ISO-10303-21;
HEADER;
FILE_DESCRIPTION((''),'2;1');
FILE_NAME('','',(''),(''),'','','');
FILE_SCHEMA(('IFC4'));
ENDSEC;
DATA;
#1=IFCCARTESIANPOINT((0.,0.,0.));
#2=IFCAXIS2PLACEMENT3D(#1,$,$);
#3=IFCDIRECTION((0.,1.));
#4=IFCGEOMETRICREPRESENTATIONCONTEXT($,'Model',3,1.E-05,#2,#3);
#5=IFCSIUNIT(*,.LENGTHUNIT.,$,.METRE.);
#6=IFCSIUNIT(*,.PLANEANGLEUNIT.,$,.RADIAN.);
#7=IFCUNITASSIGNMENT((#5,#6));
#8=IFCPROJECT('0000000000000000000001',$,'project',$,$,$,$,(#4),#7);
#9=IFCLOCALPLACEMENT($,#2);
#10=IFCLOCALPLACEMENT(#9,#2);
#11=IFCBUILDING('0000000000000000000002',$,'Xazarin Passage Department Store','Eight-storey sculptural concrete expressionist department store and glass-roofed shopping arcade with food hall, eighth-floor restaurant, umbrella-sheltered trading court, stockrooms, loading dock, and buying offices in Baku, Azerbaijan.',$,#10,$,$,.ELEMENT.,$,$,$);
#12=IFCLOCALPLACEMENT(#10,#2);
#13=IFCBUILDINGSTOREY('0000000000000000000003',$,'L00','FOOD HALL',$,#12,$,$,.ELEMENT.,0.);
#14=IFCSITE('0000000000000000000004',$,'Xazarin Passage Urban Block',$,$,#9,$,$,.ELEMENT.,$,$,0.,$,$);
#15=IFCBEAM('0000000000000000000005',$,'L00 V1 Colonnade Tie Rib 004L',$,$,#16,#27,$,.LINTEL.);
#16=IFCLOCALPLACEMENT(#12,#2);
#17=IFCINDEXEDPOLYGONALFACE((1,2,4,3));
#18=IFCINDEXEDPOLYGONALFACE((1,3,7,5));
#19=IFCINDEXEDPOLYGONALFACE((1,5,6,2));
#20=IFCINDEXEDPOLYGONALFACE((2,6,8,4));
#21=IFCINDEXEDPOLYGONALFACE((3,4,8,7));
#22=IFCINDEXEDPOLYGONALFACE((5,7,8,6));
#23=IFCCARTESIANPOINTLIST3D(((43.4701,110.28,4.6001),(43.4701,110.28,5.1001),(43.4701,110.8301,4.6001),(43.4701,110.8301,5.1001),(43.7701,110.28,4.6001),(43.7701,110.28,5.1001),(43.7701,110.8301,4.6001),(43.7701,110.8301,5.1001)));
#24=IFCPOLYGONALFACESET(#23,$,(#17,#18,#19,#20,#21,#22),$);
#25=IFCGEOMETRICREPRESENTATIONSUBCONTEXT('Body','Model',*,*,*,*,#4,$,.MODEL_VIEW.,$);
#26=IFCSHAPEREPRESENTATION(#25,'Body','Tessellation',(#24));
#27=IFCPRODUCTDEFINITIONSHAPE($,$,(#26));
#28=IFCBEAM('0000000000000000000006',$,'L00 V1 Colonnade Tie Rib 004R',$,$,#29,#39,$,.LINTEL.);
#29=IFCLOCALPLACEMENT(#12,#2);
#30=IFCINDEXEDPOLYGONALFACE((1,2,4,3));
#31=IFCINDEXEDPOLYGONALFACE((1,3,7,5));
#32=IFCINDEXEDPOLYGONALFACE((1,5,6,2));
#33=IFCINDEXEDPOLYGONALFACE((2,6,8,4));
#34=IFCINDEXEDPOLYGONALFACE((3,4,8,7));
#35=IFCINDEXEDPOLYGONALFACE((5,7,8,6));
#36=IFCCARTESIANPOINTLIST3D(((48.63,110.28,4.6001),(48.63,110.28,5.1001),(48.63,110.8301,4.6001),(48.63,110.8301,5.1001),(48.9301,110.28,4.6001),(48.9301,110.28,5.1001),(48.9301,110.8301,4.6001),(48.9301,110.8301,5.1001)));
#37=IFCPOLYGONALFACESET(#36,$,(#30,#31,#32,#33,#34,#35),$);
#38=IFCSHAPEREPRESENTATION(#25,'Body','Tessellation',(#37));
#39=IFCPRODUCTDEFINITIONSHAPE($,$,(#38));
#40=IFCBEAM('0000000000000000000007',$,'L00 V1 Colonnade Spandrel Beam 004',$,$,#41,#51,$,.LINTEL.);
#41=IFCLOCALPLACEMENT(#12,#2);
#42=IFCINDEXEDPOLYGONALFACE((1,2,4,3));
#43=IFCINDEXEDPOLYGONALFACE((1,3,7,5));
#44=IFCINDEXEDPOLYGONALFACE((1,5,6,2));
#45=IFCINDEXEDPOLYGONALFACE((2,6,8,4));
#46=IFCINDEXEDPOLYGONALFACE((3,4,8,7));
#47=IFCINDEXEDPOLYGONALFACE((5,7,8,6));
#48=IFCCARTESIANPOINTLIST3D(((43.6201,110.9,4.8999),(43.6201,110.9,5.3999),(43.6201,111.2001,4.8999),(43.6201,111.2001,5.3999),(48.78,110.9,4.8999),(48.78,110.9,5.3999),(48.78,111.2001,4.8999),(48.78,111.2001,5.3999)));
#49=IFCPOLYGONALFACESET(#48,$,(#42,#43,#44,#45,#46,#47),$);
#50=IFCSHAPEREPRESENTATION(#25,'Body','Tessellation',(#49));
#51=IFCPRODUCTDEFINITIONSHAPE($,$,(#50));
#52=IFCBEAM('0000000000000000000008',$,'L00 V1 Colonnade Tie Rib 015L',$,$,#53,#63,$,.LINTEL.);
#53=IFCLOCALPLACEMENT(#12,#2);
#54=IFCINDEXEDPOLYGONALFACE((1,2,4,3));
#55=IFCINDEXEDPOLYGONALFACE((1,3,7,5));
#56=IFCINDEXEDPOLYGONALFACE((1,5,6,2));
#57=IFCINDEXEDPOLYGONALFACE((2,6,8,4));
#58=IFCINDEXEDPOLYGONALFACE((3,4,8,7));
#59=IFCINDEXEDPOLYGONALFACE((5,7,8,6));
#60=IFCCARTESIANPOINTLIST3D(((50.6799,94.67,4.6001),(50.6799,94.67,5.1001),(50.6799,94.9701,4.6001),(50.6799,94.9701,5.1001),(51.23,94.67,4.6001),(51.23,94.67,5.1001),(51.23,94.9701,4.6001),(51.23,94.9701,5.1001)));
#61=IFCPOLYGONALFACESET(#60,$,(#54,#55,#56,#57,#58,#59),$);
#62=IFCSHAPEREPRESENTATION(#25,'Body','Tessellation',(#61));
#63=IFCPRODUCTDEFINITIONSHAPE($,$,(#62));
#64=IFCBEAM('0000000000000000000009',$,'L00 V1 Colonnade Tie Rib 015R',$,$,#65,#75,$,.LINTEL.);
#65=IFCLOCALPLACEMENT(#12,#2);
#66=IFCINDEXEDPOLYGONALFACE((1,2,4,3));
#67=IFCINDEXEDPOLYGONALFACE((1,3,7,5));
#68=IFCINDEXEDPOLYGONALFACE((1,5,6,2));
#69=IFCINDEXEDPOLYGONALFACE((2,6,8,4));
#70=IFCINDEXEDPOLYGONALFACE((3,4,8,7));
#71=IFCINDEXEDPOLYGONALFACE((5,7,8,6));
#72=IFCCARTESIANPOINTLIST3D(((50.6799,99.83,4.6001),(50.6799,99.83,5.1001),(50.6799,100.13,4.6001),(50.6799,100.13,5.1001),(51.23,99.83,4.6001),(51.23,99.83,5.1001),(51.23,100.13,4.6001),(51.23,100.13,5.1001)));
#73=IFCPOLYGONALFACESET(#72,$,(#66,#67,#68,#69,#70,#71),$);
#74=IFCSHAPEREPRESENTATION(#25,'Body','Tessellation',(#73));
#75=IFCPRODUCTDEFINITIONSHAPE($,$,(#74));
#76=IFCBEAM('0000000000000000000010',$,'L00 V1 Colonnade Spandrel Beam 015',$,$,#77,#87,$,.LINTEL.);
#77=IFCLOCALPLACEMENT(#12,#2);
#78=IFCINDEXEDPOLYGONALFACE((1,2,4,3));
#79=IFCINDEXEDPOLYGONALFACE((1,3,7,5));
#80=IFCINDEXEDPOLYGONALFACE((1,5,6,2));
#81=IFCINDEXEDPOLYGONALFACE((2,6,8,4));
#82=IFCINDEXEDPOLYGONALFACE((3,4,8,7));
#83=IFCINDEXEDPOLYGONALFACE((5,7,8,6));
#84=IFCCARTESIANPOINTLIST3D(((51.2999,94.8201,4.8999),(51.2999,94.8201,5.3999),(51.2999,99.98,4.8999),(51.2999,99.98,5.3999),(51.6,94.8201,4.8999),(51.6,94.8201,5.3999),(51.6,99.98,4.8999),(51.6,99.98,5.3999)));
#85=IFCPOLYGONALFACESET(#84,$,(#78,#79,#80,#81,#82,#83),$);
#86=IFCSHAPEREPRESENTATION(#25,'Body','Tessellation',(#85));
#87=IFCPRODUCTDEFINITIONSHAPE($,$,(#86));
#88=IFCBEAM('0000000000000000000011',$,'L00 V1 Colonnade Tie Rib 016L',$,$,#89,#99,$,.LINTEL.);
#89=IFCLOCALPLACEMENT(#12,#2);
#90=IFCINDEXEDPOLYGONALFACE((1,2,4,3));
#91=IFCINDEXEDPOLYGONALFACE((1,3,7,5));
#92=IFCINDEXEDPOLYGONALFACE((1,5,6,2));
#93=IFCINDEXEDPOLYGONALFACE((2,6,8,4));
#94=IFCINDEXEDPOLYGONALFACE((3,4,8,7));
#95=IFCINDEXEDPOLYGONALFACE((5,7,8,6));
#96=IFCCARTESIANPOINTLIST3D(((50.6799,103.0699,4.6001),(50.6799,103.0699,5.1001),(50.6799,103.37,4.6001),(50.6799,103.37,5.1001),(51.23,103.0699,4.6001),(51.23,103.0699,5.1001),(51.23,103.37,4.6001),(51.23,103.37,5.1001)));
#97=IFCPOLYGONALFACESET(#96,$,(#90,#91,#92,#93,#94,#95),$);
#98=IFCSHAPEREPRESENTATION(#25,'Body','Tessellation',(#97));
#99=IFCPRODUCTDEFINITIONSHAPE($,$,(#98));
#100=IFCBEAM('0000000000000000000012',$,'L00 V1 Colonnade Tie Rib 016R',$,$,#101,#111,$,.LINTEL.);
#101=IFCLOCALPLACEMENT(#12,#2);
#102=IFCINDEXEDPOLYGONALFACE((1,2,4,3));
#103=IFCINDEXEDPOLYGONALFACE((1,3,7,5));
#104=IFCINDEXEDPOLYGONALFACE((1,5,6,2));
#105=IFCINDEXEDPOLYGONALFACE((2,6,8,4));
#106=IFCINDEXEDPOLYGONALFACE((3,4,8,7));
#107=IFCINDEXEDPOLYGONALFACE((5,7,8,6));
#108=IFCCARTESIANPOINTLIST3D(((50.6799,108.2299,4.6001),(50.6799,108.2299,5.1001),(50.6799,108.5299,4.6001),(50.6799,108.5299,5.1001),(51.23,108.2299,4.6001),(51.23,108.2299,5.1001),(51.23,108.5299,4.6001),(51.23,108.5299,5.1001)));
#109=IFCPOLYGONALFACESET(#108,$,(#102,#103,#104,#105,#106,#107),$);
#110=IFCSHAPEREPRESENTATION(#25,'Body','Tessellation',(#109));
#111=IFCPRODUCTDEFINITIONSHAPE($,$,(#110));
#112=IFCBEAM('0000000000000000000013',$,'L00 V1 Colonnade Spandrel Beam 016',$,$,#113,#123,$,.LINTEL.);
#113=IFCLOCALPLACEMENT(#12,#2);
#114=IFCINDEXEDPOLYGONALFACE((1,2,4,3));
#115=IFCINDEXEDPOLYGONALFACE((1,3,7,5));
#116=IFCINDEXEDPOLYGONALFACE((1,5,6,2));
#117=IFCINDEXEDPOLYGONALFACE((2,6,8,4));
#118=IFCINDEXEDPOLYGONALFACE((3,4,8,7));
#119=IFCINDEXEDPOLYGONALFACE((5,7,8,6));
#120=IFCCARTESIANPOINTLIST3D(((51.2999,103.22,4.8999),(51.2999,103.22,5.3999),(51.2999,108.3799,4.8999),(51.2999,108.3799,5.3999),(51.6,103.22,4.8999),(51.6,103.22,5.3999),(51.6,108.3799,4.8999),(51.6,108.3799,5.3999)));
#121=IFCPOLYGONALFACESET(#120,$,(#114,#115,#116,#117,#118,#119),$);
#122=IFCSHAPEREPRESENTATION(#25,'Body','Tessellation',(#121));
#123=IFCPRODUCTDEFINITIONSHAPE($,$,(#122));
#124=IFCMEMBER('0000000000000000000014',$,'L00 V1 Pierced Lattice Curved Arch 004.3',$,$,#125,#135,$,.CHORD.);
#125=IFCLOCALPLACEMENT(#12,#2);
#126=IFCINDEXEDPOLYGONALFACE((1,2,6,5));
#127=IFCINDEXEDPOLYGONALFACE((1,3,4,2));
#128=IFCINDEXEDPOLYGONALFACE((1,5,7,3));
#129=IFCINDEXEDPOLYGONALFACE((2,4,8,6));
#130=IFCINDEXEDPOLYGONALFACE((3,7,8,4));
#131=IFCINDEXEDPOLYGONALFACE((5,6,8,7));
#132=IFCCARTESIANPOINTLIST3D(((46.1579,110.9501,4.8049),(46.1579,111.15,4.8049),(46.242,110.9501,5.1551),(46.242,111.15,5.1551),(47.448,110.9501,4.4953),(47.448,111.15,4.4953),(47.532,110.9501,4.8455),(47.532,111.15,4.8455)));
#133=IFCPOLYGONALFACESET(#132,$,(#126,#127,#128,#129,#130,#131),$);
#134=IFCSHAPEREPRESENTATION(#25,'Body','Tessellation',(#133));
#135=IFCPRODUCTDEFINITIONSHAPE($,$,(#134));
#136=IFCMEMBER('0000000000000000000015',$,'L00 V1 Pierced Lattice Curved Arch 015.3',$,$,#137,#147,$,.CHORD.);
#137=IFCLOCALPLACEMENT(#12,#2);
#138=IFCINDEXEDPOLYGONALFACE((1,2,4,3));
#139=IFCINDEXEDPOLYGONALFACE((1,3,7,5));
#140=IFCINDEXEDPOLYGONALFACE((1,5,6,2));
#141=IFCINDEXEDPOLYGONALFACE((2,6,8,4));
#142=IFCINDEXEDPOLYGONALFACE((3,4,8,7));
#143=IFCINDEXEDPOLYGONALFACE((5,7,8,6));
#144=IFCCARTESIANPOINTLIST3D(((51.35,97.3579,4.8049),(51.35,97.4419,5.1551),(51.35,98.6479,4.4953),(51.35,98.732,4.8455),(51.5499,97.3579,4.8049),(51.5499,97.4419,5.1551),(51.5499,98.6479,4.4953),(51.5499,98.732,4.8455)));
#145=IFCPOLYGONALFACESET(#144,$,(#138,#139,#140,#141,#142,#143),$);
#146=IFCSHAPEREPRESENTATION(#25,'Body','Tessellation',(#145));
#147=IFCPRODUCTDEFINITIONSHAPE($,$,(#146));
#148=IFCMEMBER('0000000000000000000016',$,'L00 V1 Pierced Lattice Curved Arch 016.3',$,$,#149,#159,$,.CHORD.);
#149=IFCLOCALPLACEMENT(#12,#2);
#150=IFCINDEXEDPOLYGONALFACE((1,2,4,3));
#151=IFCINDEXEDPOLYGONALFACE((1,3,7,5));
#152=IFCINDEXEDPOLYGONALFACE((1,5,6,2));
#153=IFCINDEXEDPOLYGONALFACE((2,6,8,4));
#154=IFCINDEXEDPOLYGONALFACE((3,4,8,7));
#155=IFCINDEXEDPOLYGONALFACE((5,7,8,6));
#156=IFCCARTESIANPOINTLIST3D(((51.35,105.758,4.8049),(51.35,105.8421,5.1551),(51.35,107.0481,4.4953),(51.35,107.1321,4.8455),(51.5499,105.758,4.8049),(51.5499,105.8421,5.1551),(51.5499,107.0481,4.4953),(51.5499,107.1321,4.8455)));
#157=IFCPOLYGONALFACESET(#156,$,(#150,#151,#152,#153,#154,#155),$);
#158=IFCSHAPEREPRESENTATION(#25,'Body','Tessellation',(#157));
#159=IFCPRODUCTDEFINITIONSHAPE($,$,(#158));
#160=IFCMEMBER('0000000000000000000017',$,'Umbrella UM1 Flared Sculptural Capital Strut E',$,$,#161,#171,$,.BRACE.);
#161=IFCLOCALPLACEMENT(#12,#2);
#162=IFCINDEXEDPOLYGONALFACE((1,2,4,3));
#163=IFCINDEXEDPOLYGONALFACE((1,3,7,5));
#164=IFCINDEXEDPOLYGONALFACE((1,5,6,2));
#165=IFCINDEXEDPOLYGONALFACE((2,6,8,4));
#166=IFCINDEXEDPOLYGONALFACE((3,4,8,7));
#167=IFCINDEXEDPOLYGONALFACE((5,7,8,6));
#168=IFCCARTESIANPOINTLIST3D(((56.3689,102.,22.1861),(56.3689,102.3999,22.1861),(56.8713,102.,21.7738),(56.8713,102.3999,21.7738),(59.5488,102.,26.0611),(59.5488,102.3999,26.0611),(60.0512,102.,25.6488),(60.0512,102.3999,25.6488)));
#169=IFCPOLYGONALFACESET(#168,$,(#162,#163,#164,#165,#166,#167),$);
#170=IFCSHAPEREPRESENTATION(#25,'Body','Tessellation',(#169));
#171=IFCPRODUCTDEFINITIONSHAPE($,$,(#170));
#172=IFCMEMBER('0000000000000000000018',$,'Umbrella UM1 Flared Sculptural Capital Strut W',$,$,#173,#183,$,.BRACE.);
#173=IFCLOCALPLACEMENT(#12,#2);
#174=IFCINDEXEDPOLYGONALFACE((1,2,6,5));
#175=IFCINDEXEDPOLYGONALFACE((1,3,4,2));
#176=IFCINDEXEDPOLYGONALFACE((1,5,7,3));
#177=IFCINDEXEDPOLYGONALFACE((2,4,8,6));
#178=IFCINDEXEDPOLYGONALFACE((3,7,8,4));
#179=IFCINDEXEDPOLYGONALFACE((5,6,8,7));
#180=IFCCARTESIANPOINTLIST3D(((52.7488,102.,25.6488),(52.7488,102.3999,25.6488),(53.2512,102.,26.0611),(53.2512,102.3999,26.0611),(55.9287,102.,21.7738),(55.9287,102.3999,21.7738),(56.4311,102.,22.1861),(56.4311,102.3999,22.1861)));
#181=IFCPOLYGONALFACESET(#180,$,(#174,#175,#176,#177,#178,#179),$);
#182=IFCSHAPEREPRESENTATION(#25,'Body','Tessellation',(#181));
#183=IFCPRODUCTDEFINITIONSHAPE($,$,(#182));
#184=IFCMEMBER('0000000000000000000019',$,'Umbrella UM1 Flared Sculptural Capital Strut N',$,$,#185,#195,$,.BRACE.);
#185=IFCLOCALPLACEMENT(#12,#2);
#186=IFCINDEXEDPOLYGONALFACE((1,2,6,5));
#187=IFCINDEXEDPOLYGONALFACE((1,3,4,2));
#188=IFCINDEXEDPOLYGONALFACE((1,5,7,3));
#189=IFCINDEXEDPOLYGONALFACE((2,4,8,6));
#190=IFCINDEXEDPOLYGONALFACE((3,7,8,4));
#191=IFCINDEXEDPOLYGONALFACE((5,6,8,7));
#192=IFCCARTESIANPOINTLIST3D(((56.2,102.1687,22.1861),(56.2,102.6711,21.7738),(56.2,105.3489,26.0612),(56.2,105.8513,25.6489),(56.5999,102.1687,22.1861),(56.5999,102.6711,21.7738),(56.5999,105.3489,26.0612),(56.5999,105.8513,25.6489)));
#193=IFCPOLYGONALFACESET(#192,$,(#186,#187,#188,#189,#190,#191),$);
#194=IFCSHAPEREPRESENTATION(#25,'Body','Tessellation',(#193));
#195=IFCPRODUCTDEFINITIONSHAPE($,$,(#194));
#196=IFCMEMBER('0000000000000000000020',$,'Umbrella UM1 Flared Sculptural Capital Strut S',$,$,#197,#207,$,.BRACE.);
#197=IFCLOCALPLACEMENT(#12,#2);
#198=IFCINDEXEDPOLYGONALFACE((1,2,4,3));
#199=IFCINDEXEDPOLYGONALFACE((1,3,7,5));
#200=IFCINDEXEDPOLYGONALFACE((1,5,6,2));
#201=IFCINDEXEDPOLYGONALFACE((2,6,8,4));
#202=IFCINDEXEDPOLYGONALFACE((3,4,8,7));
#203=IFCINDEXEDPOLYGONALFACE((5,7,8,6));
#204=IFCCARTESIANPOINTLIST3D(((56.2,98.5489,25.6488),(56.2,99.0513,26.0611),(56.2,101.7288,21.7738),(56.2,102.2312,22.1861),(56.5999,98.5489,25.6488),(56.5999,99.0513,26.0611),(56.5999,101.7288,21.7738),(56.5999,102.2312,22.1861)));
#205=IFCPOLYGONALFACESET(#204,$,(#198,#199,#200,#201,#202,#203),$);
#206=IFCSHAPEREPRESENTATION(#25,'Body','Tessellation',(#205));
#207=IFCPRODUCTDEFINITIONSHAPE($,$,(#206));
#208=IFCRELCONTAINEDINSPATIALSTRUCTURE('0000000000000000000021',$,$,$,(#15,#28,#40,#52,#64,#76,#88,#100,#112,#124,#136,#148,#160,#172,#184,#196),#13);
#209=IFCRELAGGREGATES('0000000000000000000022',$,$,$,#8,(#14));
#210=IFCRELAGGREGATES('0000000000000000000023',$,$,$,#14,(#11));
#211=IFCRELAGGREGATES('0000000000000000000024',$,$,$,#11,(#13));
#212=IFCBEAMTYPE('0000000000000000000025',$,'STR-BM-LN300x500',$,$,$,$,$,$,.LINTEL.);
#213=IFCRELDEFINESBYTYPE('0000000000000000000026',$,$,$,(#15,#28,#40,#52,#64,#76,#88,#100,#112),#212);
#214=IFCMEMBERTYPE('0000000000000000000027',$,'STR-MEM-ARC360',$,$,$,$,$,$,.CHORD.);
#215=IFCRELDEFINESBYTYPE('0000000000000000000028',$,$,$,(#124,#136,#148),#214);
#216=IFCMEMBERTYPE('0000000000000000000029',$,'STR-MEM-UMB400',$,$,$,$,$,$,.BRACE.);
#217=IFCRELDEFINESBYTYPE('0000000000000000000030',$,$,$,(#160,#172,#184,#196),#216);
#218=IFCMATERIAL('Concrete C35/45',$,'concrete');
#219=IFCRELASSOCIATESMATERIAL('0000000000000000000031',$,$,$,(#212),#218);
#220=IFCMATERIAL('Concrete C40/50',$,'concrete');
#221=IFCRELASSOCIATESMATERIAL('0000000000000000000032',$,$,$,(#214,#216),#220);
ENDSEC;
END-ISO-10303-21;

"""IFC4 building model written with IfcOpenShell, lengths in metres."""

from ifc_helpers import new_model, si_unit, direction, frame, origin, origin_2d, place, context, subcontext, project, spatial, rectangle, extrude, material, material_profile, profile_set, type_object, element, save


model = new_model("IFC4")

# Units and contexts
model_context = context("Model", 3, precision=1e-05, world=origin(), true_north=direction((0.0, 1.0)))
body_context = subcontext(model_context, "Body", "Model", "MODEL_VIEW")
ifc_project = project(units=[si_unit("LENGTHUNIT", "METRE"), si_unit("PLANEANGLEUNIT", "RADIAN")], contexts=[model_context])

# Site, building, storey
site_placement = place(None, origin())
site = spatial("IfcSite", under=ifc_project, at=site_placement, Name="Xazarin Passage Urban Block", CompositionType="ELEMENT", RefElevation=0.0)
building_placement = place(site_placement, origin())
building = spatial("IfcBuilding", under=site, at=building_placement, Name="Xazarin Passage Department Store", Description="Eight-storey sculptural concrete expressionist department store and glass-roofed shopping arcade with food hall, eighth-floor restaurant, umbrella-sheltered trading court, stockrooms, loading dock, and buying offices in Baku, Azerbaijan.", CompositionType="ELEMENT")
storey_placement = place(building_placement, origin())
storey = spatial("IfcBuildingStorey", under=building, at=storey_placement, Name="L00", Description="FOOD HALL", CompositionType="ELEMENT", Elevation=0.0)

# Beams
ifc_material_1 = material(Name="Concrete C35/45", Category="concrete")
ifc_material_profile_1 = material_profile(ifc_material_1, rectangle(XDim=0.3, YDim=0.5, at=origin_2d()), Name="RC 300x500")
ifc_profile_set_1 = profile_set([ifc_material_profile_1], Name="Concrete C35/45")
beam_type = type_object("IfcBeamType", Name="STR-BM-LN300x500", PredefinedType="LINTEL", material=ifc_profile_set_1)
for number, where, z_axis, x_axis, name in (
    (1, (43.6201, 110.28, 4.8501), (0.0, 1.0, 0.0), (-1.0, 0.0, 0.0), "L00 V1 Colonnade Tie Rib 004L"),
    (2, (48.78, 110.28, 4.8501), (0.0, 1.0, 0.0), (-1.0, 0.0, 0.0), "L00 V1 Colonnade Tie Rib 004R"),
):
    element("IfcBeam", number, at=place(storey_placement, frame(where, z_axis=z_axis, x_axis=x_axis)), inside=storey, type_object=beam_type, Name=name, PredefinedType="LINTEL", context=body_context, shape_type="SweptSolid", body=[
        extrude(rectangle(XDim=0.3, YDim=0.5, at=origin_2d()), origin(), (0.0, 0.0, 1.0), 0.55),
    ])
beam_1_placement = place(storey_placement, frame((43.6201, 111.05, 5.1499), z_axis=(1.0, 0.0, 0.0), x_axis=(0.0, 1.0, 0.0)))
element("IfcBeam", 3, at=beam_1_placement, inside=storey, type_object=beam_type, Name="L00 V1 Colonnade Spandrel Beam 004", PredefinedType="LINTEL", context=body_context, shape_type="SweptSolid", body=[
    extrude(rectangle(XDim=0.3, YDim=0.5, at=origin_2d()), origin(), (0.0, 0.0, 1.0), 5.1599),
])
for number, where, z_axis, x_axis, name in (
    (4, (50.6799, 94.8201, 4.8501), (1.0, 0.0, 0.0), (0.0, 1.0, 0.0), "L00 V1 Colonnade Tie Rib 015L"),
    (5, (50.6799, 99.98, 4.8501), (1.0, 0.0, 0.0), (0.0, 1.0, 0.0), "L00 V1 Colonnade Tie Rib 015R"),
):
    element("IfcBeam", number, at=place(storey_placement, frame(where, z_axis=z_axis, x_axis=x_axis)), inside=storey, type_object=beam_type, Name=name, PredefinedType="LINTEL", context=body_context, shape_type="SweptSolid", body=[
        extrude(rectangle(XDim=0.3, YDim=0.5, at=origin_2d()), origin(), (0.0, 0.0, 1.0), 0.55),
    ])
beam_2_placement = place(storey_placement, frame((51.45, 94.8201, 5.1499), z_axis=(0.0, 1.0, 0.0), x_axis=(-1.0, 0.0, 0.0)))
element("IfcBeam", 6, at=beam_2_placement, inside=storey, type_object=beam_type, Name="L00 V1 Colonnade Spandrel Beam 015", PredefinedType="LINTEL", context=body_context, shape_type="SweptSolid", body=[
    extrude(rectangle(XDim=0.3, YDim=0.5, at=origin_2d()), origin(), (0.0, 0.0, 1.0), 5.1599),
])
for number, where, z_axis, x_axis, name in (
    (7, (50.6799, 103.22, 4.8501), (1.0, 0.0, 0.0), (0.0, 1.0, 0.0), "L00 V1 Colonnade Tie Rib 016L"),
    (8, (50.6799, 108.3799, 4.8501), (1.0, 0.0, 0.0), (0.0, 1.0, 0.0), "L00 V1 Colonnade Tie Rib 016R"),
):
    element("IfcBeam", number, at=place(storey_placement, frame(where, z_axis=z_axis, x_axis=x_axis)), inside=storey, type_object=beam_type, Name=name, PredefinedType="LINTEL", context=body_context, shape_type="SweptSolid", body=[
        extrude(rectangle(XDim=0.3, YDim=0.5, at=origin_2d()), origin(), (0.0, 0.0, 1.0), 0.55),
    ])
beam_3_placement = place(storey_placement, frame((51.45, 103.22, 5.1499), z_axis=(0.0, 1.0, 0.0), x_axis=(-1.0, 0.0, 0.0)))
element("IfcBeam", 9, at=beam_3_placement, inside=storey, type_object=beam_type, Name="L00 V1 Colonnade Spandrel Beam 016", PredefinedType="LINTEL", context=body_context, shape_type="SweptSolid", body=[
    extrude(rectangle(XDim=0.3, YDim=0.5, at=origin_2d()), origin(), (0.0, 0.0, 1.0), 5.1599),
])

# Members
ifc_material_2 = material(Name="Concrete C40/50", Category="concrete")
ifc_material_profile_2 = material_profile(ifc_material_2, rectangle(XDim=0.2, YDim=0.3601, at=origin_2d()), Name="RC 200x360")
ifc_profile_set_2 = profile_set([ifc_material_profile_2], Name="Concrete C40/50")
member_type_1 = type_object("IfcMemberType", Name="STR-MEM-ARC360", PredefinedType="CHORD", material=ifc_profile_set_2)
for number, where, z_axis, x_axis, name in (
    (10, (46.2, 111.05, 4.98), (0.972394, 0.0, -0.233345), (0.0, 1.0, 0.0), "L00 V1 Pierced Lattice Curved Arch 004.3"),
    (11, (51.45, 97.3999, 4.98), (0.0, 0.972394, -0.233345), (-1.0, 0.0, 0.0), "L00 V1 Pierced Lattice Curved Arch 015.3"),
    (12, (51.45, 105.8, 4.98), (0.0, 0.972394, -0.233345), (-1.0, 0.0, 0.0), "L00 V1 Pierced Lattice Curved Arch 016.3"),
):
    element("IfcMember", number, at=place(storey_placement, frame(where, z_axis=z_axis, x_axis=x_axis)), inside=storey, type_object=member_type_1, Name=name, PredefinedType="CHORD", context=body_context, shape_type="SweptSolid", body=[
        extrude(rectangle(XDim=0.2, YDim=0.3601, at=origin_2d()), origin(), (0.0, 0.0, 1.0), 1.3267),
    ])
ifc_material_profile_3 = material_profile(ifc_material_2, rectangle(XDim=0.3999, YDim=0.6499, at=origin_2d()), Name="RC 400x650")
ifc_profile_set_3 = profile_set([ifc_material_profile_3], Name="Concrete C40/50")
member_type_2 = type_object("IfcMemberType", Name="STR-MEM-UMB400", PredefinedType="BRACE", material=ifc_profile_set_3)
for number, where, z_axis, x_axis, name in (
    (13, (56.6201, 102.2, 21.98), (0.63437, 0.0, 0.77303), (0.0, 1.0, 0.0), "Umbrella UM1 Flared Sculptural Capital Strut E"),
    (14, (56.1799, 102.2, 21.98), (-0.63437, 0.0, 0.77303), (0.0, -1.0, 0.0), "Umbrella UM1 Flared Sculptural Capital Strut W"),
):
    element("IfcMember", number, at=place(storey_placement, frame(where, z_axis=z_axis, x_axis=x_axis)), inside=storey, type_object=member_type_2, Name=name, PredefinedType="BRACE", context=body_context, shape_type="SweptSolid", body=[
        extrude(rectangle(XDim=0.3999, YDim=0.6499, at=origin_2d()), origin(), (0.0, 0.0, 1.0), 5.0127),
    ])
member_placement = place(storey_placement, frame((56.3999, 102.4199, 21.98), z_axis=(0.0, 0.634399, 0.773006), x_axis=(-1.0, 0.0, 0.0)))
element("IfcMember", 15, at=member_placement, inside=storey, type_object=member_type_2, Name="Umbrella UM1 Flared Sculptural Capital Strut N", PredefinedType="BRACE", context=body_context, shape_type="SweptSolid", body=[
    extrude(rectangle(XDim=0.3999, YDim=0.6499, at=origin_2d()), origin(), (0.0, 0.0, 1.0), 5.0129),
])
for number, where, z_axis, x_axis, name in (
    (16, (56.3999, 101.98, 21.98), (0.0, -0.63437, 0.77303), (1.0, 0.0, 0.0), "Umbrella UM1 Flared Sculptural Capital Strut S"),
):
    element("IfcMember", number, at=place(storey_placement, frame(where, z_axis=z_axis, x_axis=x_axis)), inside=storey, type_object=member_type_2, Name=name, PredefinedType="BRACE", context=body_context, shape_type="SweptSolid", body=[
        extrude(rectangle(XDim=0.3999, YDim=0.6499, at=origin_2d()), origin(), (0.0, 0.0, 1.0), 5.0127),
    ])

save(model, "model.ifc")
